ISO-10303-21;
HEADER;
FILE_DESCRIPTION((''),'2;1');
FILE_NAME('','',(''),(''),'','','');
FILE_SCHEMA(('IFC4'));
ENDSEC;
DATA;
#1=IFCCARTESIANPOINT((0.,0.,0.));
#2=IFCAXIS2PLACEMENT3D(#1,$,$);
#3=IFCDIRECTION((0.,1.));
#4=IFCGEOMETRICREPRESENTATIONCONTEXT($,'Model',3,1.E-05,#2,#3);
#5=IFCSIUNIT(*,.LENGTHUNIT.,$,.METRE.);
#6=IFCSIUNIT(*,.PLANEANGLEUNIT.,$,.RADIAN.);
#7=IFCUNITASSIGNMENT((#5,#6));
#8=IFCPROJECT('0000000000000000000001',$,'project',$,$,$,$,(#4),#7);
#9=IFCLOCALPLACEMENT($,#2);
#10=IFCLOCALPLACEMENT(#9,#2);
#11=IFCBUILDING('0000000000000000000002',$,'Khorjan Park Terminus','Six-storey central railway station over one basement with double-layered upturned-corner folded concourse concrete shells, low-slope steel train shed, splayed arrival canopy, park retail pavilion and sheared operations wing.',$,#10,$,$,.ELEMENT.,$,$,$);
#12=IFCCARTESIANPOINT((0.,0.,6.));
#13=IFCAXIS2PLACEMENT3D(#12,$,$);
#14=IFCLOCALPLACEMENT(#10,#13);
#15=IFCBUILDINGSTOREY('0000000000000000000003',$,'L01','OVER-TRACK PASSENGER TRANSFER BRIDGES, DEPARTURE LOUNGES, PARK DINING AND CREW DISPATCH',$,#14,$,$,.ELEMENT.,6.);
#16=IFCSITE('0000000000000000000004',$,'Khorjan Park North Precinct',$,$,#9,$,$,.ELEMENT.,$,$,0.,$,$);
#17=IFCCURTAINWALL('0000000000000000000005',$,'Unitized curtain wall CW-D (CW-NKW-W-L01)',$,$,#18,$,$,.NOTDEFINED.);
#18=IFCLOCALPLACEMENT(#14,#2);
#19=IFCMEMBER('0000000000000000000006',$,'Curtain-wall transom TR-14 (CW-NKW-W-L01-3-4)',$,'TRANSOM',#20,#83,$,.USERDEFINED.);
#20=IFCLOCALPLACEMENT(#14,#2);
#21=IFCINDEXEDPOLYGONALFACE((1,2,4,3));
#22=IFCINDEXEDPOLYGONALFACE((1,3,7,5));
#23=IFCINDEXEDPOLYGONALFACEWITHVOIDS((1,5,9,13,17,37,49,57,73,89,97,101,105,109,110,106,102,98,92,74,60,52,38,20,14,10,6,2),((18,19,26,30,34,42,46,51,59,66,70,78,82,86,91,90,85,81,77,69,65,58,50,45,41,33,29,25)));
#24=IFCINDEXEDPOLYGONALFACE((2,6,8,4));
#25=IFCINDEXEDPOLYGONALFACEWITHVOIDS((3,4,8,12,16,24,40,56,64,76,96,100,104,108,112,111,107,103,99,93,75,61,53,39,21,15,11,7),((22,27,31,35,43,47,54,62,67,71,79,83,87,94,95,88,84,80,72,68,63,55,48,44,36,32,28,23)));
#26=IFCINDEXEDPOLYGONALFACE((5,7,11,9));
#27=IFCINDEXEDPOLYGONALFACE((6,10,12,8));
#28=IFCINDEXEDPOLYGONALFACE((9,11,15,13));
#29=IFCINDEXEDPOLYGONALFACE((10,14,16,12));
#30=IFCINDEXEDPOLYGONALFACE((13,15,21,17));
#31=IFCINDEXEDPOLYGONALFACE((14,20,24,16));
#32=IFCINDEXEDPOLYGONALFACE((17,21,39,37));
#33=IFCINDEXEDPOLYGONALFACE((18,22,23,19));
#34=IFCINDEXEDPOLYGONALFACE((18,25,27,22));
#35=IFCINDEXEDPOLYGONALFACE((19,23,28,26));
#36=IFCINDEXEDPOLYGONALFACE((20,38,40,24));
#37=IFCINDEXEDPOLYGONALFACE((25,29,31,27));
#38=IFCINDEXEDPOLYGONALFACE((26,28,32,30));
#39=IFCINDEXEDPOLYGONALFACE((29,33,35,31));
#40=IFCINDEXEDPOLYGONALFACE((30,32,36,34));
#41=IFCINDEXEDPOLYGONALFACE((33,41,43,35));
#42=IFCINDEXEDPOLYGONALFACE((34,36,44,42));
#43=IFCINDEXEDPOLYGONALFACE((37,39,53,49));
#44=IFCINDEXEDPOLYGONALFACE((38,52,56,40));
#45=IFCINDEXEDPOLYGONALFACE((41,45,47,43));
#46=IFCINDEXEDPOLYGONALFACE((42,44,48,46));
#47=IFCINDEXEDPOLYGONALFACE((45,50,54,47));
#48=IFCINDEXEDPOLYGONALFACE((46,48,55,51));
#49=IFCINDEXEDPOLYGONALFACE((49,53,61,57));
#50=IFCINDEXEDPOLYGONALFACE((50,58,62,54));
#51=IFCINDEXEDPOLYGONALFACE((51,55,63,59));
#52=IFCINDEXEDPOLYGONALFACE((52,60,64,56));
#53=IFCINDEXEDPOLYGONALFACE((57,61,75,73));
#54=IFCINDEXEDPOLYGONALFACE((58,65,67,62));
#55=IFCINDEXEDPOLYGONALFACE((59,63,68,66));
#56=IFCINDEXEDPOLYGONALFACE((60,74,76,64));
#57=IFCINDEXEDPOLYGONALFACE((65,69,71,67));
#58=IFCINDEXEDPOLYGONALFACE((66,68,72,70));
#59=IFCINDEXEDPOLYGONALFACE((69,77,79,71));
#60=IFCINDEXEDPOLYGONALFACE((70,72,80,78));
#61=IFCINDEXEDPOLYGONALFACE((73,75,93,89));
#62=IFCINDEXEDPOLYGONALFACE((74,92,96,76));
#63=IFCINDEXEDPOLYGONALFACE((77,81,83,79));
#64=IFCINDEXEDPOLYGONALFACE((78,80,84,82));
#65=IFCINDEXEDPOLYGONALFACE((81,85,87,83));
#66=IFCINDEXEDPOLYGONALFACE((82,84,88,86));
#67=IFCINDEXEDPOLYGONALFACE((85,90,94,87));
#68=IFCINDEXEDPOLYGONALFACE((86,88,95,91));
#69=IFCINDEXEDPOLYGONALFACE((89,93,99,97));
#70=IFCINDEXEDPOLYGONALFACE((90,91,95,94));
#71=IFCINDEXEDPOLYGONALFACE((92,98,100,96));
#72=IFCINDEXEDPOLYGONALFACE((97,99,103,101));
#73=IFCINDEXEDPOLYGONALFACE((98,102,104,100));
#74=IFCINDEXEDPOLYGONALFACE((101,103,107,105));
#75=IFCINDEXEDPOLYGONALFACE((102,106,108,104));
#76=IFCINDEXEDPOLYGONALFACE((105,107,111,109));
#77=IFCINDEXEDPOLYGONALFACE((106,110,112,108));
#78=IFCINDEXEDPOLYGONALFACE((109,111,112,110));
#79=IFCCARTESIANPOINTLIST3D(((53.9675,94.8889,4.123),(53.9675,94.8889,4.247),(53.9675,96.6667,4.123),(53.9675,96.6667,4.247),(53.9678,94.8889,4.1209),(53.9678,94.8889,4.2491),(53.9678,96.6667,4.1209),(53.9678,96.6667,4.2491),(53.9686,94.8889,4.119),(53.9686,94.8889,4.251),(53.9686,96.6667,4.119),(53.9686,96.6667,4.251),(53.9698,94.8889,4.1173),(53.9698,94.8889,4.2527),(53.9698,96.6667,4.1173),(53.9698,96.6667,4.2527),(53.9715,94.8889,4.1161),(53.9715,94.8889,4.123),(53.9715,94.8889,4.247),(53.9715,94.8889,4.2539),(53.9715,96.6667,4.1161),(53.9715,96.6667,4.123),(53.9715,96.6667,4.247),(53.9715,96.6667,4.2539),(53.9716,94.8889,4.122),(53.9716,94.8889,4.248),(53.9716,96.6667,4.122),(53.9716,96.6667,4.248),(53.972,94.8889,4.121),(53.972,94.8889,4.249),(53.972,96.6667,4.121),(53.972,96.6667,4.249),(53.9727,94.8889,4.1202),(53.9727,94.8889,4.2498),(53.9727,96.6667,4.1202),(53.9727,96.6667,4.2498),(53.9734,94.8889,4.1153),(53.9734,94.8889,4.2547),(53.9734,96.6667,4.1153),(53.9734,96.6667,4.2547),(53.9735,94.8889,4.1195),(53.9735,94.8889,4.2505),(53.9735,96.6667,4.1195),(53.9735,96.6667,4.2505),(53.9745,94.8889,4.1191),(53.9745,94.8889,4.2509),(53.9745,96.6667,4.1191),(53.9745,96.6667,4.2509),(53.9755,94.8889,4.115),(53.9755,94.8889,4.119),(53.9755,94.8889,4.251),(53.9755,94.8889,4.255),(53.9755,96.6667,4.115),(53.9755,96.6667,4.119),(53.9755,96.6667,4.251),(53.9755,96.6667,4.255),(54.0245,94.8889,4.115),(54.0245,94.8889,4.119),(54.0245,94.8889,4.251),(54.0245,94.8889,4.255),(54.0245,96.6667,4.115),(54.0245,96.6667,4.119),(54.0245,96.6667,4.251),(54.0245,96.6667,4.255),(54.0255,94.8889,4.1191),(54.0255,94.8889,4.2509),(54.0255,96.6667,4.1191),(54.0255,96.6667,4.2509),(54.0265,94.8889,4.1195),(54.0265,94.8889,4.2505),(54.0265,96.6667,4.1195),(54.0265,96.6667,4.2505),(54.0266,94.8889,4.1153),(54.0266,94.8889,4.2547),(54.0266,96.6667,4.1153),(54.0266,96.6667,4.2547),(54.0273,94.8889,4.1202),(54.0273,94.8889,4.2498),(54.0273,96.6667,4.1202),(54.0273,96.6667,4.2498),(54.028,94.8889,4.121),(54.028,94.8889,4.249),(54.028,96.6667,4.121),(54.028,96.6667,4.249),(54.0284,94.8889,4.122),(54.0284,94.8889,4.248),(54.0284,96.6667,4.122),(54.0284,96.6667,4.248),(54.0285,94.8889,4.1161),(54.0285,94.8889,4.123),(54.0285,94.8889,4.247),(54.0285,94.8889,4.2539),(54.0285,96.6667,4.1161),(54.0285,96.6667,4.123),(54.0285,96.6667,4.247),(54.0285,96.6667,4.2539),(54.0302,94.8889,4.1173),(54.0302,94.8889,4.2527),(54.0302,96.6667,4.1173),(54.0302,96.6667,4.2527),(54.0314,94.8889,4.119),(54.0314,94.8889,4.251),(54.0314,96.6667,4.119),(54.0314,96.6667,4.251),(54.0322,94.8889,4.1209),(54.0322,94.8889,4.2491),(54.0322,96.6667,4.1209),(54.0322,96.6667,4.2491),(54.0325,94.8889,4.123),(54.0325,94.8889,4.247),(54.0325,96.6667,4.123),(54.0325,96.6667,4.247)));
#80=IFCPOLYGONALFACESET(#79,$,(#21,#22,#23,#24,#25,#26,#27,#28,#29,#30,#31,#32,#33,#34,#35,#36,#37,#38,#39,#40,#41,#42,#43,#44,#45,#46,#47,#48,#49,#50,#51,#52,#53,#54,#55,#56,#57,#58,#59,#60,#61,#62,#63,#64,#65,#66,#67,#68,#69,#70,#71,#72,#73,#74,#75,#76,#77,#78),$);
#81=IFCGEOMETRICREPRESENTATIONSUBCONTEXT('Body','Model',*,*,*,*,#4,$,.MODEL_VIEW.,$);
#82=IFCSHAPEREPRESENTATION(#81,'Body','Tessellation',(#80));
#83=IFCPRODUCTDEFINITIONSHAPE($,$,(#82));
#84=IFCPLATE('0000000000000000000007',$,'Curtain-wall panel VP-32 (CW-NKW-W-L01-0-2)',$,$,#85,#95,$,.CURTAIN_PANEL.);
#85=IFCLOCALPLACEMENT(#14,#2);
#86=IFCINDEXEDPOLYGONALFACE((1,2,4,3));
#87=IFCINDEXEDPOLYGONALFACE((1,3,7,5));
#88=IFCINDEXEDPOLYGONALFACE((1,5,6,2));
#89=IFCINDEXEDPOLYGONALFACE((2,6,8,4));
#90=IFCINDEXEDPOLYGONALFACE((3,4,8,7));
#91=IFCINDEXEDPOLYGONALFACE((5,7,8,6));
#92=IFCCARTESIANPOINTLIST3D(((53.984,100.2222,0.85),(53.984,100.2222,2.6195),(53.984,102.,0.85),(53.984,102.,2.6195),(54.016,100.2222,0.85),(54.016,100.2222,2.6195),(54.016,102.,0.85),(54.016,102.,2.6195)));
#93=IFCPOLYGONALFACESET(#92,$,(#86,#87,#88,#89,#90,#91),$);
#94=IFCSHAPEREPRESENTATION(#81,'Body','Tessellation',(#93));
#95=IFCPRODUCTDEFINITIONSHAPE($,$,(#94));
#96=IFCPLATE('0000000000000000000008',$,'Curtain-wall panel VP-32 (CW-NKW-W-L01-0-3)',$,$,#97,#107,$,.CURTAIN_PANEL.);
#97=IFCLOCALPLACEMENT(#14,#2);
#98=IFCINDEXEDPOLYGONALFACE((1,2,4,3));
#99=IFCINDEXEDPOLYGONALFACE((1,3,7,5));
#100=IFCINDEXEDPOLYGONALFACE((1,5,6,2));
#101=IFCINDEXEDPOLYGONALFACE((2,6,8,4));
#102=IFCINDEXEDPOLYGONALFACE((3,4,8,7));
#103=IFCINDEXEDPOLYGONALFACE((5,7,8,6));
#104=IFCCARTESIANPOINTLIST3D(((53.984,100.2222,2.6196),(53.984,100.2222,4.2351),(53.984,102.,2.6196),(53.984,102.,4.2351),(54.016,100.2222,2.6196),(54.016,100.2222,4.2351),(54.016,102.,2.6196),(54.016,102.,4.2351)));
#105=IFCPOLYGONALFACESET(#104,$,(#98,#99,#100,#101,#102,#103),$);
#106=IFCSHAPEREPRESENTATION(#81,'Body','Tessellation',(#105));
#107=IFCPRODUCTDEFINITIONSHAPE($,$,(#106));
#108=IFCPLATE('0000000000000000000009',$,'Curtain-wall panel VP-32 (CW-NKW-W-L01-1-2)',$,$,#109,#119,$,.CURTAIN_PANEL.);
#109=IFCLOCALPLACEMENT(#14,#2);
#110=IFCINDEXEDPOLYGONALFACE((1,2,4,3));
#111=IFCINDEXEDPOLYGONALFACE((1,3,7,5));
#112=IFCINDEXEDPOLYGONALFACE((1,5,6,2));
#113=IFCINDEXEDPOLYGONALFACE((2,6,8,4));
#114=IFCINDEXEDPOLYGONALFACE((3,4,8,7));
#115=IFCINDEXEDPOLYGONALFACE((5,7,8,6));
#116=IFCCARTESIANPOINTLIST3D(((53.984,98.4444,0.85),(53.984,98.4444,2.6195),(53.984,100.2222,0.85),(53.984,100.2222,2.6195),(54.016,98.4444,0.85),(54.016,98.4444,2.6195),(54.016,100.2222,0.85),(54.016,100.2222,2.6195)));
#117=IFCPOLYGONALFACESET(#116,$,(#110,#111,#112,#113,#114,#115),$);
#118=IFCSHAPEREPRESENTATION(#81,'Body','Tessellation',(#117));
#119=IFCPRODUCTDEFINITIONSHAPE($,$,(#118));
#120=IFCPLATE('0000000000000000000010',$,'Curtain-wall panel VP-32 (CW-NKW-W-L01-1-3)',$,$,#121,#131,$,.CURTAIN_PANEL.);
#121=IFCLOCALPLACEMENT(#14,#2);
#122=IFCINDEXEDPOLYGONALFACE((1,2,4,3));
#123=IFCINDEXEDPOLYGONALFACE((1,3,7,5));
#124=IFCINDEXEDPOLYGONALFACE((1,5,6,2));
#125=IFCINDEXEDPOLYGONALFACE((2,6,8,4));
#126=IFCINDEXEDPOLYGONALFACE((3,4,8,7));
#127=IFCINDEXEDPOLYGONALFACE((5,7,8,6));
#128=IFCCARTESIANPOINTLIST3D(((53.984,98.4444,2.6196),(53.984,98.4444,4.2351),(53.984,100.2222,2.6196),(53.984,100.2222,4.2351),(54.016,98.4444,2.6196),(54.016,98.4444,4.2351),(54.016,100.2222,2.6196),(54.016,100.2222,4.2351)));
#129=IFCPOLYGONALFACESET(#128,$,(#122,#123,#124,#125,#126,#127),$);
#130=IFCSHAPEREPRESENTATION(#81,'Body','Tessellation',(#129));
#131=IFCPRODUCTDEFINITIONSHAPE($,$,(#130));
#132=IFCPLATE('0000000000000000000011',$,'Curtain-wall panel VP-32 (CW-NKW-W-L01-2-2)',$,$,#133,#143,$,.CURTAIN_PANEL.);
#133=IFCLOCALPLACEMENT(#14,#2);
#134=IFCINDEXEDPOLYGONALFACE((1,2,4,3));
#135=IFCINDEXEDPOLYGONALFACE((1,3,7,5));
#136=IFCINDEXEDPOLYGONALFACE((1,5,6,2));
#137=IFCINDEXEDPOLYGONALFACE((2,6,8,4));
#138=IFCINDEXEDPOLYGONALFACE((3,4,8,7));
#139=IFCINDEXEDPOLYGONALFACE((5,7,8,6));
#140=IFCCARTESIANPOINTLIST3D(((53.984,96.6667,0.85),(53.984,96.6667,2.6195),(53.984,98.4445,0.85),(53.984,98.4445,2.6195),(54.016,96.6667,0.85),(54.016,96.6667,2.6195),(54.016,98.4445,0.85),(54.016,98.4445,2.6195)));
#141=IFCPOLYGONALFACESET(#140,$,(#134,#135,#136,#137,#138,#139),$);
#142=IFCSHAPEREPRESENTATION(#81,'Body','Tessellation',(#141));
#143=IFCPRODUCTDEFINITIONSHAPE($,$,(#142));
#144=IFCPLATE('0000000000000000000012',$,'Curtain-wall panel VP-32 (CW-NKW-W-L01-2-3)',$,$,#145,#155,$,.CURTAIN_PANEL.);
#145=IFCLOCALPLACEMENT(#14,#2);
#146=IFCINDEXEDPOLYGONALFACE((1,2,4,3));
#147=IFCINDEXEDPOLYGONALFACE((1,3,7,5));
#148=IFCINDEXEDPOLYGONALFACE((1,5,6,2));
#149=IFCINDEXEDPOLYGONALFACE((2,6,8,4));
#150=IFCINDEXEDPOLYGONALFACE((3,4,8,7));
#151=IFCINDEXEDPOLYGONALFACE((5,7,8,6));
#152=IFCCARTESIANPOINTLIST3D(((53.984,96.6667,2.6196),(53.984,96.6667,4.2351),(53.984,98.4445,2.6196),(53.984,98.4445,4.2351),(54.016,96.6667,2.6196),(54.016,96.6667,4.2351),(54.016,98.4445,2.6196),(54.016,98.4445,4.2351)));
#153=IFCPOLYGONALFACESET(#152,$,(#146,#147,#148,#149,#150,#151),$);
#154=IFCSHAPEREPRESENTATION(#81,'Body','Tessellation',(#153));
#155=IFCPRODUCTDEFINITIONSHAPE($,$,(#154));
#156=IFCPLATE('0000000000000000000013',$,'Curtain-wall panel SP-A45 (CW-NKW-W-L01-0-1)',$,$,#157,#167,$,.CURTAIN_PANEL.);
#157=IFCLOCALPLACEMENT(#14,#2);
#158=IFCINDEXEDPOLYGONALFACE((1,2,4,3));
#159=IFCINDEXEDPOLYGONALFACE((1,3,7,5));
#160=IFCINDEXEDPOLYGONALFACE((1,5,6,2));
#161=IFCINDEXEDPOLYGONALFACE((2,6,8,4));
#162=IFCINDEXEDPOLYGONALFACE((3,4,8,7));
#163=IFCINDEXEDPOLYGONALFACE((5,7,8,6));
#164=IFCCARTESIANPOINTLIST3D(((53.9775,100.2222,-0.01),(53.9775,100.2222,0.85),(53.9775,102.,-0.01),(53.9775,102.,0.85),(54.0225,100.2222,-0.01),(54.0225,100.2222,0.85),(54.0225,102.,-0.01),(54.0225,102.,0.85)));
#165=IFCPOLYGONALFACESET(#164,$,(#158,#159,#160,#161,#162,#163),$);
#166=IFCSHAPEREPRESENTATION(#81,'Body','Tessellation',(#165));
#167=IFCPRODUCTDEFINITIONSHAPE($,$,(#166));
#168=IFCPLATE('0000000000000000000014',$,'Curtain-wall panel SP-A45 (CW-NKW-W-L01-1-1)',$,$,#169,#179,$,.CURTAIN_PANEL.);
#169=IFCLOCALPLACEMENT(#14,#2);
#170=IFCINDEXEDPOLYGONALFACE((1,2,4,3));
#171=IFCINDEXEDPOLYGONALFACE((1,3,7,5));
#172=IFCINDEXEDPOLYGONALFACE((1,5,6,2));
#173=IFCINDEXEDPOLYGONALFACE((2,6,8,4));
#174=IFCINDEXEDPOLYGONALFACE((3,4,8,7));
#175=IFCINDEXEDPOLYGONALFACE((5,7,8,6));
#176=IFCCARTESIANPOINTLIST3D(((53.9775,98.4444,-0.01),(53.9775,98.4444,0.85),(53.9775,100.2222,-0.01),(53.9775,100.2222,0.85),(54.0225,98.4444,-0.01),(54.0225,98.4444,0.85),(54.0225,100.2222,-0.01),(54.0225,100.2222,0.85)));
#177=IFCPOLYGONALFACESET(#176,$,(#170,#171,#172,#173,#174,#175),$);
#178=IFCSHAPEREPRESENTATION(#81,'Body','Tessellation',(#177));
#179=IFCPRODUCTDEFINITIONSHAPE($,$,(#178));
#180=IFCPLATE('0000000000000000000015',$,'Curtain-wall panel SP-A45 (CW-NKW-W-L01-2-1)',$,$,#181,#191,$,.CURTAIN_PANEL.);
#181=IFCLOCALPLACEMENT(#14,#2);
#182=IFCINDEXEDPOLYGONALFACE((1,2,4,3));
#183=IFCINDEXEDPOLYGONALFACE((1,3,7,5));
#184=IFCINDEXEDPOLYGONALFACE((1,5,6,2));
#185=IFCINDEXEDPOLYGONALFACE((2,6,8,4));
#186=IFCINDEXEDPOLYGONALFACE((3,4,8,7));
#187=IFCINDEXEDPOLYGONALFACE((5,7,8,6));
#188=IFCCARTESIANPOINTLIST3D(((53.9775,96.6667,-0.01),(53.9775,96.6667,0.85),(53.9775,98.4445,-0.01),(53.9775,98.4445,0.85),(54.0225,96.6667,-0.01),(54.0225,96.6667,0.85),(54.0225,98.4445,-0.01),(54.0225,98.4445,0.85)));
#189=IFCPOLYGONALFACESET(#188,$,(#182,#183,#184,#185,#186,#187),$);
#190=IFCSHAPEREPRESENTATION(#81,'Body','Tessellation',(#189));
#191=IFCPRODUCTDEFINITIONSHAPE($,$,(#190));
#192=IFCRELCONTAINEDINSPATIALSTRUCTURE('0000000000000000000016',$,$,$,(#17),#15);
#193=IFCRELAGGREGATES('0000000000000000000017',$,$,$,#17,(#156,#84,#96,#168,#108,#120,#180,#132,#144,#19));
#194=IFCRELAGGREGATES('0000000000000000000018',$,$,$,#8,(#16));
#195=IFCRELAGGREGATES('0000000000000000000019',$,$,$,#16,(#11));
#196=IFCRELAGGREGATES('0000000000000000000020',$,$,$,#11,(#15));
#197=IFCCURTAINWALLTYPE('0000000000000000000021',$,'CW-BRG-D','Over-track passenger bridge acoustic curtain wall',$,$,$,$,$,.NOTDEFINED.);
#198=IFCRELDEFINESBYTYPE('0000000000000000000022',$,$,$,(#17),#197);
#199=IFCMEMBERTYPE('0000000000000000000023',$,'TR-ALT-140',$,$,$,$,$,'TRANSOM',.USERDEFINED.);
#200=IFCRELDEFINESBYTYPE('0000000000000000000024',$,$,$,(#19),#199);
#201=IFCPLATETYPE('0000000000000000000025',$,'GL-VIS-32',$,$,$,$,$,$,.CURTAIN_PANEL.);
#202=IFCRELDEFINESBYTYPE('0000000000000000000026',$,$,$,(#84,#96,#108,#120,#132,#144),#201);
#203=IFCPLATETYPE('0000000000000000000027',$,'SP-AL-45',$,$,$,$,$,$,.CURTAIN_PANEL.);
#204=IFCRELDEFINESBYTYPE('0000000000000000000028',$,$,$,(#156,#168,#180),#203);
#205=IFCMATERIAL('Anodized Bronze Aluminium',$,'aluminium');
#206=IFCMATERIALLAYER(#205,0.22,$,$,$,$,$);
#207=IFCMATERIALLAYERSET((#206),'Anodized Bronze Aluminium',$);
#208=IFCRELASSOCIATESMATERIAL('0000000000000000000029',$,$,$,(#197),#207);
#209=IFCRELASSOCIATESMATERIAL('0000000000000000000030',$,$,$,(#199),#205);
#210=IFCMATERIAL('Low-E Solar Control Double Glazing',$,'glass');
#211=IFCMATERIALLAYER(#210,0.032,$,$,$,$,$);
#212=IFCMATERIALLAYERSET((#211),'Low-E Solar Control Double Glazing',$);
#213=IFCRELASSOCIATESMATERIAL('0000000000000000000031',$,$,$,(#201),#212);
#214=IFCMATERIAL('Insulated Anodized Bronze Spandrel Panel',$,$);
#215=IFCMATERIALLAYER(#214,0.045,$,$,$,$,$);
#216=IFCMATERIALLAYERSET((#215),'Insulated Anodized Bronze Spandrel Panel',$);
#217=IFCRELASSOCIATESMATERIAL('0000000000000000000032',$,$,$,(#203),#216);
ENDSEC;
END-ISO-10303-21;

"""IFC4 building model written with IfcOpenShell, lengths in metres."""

from ifc_helpers import new_model, si_unit, direction, frame, origin, origin_2d, place, context, subcontext, project, spatial, rectangle, hollow_rectangle, extrude, material, layer, layer_set, material_profile, profile_set, type_object, element, aggregate, save


model = new_model("IFC4")

# Units and contexts
model_context = context("Model", 3, precision=1e-05, world=origin(), true_north=direction((0.0, 1.0)))
body_context = subcontext(model_context, "Body", "Model", "MODEL_VIEW")
ifc_project = project(units=[si_unit("LENGTHUNIT", "METRE"), si_unit("PLANEANGLEUNIT", "RADIAN")], contexts=[model_context])

# Site, building, storey
site_placement = place(None, origin())
site = spatial("IfcSite", under=ifc_project, at=site_placement, Name="Khorjan Park North Precinct", CompositionType="ELEMENT", RefElevation=0.0)
building_placement = place(site_placement, origin())
building = spatial("IfcBuilding", under=site, at=building_placement, Name="Khorjan Park Terminus", Description="Six-storey central railway station over one basement with double-layered upturned-corner folded concourse concrete shells, low-slope steel train shed, splayed arrival canopy, park retail pavilion and sheared operations wing.", CompositionType="ELEMENT")
storey_placement = place(building_placement, frame((0.0, 0.0, 6.0)))
storey = spatial("IfcBuildingStorey", under=building, at=storey_placement, Name="L01", Description="OVER-TRACK PASSENGER TRANSFER BRIDGES, DEPARTURE LOUNGES, PARK DINING AND CREW DISPATCH", CompositionType="ELEMENT", Elevation=6.0)

# Curtain wall, member, plates
ifc_material_1 = material(Name="Anodized Bronze Aluminium", Category="aluminium")
ifc_layer_1 = layer(ifc_material_1, 0.22)
ifc_layer_set_1 = layer_set([ifc_layer_1], Name="Anodized Bronze Aluminium")
curtain_wall_type = type_object("IfcCurtainWallType", Name="CW-BRG-D", Description="Over-track passenger bridge acoustic curtain wall", PredefinedType="NOTDEFINED", material=ifc_layer_set_1)
curtain_wall_placement = place(storey_placement, origin())
curtain_wall = element("IfcCurtainWall", 1, at=curtain_wall_placement, inside=storey, type_object=curtain_wall_type, Name="Unitized curtain wall CW-D (CW-NKW-W-L01)", PredefinedType="NOTDEFINED")
ifc_material_profile_1 = material_profile(ifc_material_1, hollow_rectangle(XDim=0.065, YDim=0.14, WallThickness=0.004, InnerFilletRadius=0.004, OuterFilletRadius=0.008, at=origin_2d()), Name="ALT 65x140x4")
ifc_profile_set_1 = profile_set([ifc_material_profile_1], Name="Anodized Bronze Aluminium")
member_type_1 = type_object("IfcMemberType", Name="TR-ALT-140", ElementType="TRANSOM", PredefinedType="USERDEFINED", material=ifc_profile_set_1)
member_1_placement = place(storey_placement, frame((54.0, 96.6667, 4.185), z_axis=(0.0, -1.0, 0.0), x_axis=(1.0, 0.0, 0.0)))
member_1 = element("IfcMember", 2, at=member_1_placement, type_object=member_type_1, Name="Curtain-wall transom TR-14 (CW-NKW-W-L01-3-4)", ObjectType="TRANSOM", PredefinedType="USERDEFINED", context=body_context, shape_type="SweptSolid", body=[
    extrude(hollow_rectangle(XDim=0.065, YDim=0.14, WallThickness=0.004, InnerFilletRadius=0.004, OuterFilletRadius=0.008, at=origin_2d()), origin(), (0.0, 0.0, 1.0), 1.7778),
])
ifc_material_2 = material(Name="Low-E Solar Control Double Glazing", Category="glass")
ifc_layer_2 = layer(ifc_material_2, 0.032)
ifc_layer_set_2 = layer_set([ifc_layer_2], Name="Low-E Solar Control Double Glazing")
plate_type_1 = type_object("IfcPlateType", Name="GL-VIS-32", PredefinedType="CURTAIN_PANEL", material=ifc_layer_set_2)
plate_1_placement = place(storey_placement, frame((54.0, 101.1111, 0.85), z_axis=(0.0, 0.0, 1.0), x_axis=(0.0, -1.0, 0.0)))
plate_1 = element("IfcPlate", 3, at=plate_1_placement, type_object=plate_type_1, Name="Curtain-wall panel VP-32 (CW-NKW-W-L01-0-2)", PredefinedType="CURTAIN_PANEL", context=body_context, shape_type="SweptSolid", body=[
    extrude(rectangle(XDim=1.7778, YDim=0.032, at=origin_2d()), origin(), (0.0, 0.0, 1.0), 1.7695),
])
plate_2_placement = place(storey_placement, frame((54.0, 101.1111, 2.6196), z_axis=(0.0, 0.0, 1.0), x_axis=(0.0, -1.0, 0.0)))
plate_2 = element("IfcPlate", 4, at=plate_2_placement, type_object=plate_type_1, Name="Curtain-wall panel VP-32 (CW-NKW-W-L01-0-3)", PredefinedType="CURTAIN_PANEL", context=body_context, shape_type="SweptSolid", body=[
    extrude(rectangle(XDim=1.7778, YDim=0.032, at=origin_2d()), origin(), (0.0, 0.0, 1.0), 1.6155),
])
plate_3_placement = place(storey_placement, frame((54.0, 99.3333, 0.85), z_axis=(0.0, 0.0, 1.0), x_axis=(0.0, -1.0, 0.0)))
plate_3 = element("IfcPlate", 5, at=plate_3_placement, type_object=plate_type_1, Name="Curtain-wall panel VP-32 (CW-NKW-W-L01-1-2)", PredefinedType="CURTAIN_PANEL", context=body_context, shape_type="SweptSolid", body=[
    extrude(rectangle(XDim=1.7778, YDim=0.032, at=origin_2d()), origin(), (0.0, 0.0, 1.0), 1.7695),
])
plate_4_placement = place(storey_placement, frame((54.0, 99.3333, 2.6196), z_axis=(0.0, 0.0, 1.0), x_axis=(0.0, -1.0, 0.0)))
plate_4 = element("IfcPlate", 6, at=plate_4_placement, type_object=plate_type_1, Name="Curtain-wall panel VP-32 (CW-NKW-W-L01-1-3)", PredefinedType="CURTAIN_PANEL", context=body_context, shape_type="SweptSolid", body=[
    extrude(rectangle(XDim=1.7778, YDim=0.032, at=origin_2d()), origin(), (0.0, 0.0, 1.0), 1.6155),
])
plate_5_placement = place(storey_placement, frame((54.0, 97.5556, 0.85), z_axis=(0.0, 0.0, 1.0), x_axis=(0.0, -1.0, 0.0)))
plate_5 = element("IfcPlate", 7, at=plate_5_placement, type_object=plate_type_1, Name="Curtain-wall panel VP-32 (CW-NKW-W-L01-2-2)", PredefinedType="CURTAIN_PANEL", context=body_context, shape_type="SweptSolid", body=[
    extrude(rectangle(XDim=1.7778, YDim=0.032, at=origin_2d()), origin(), (0.0, 0.0, 1.0), 1.7695),
])
plate_6_placement = place(storey_placement, frame((54.0, 97.5556, 2.6196), z_axis=(0.0, 0.0, 1.0), x_axis=(0.0, -1.0, 0.0)))
plate_6 = element("IfcPlate", 8, at=plate_6_placement, type_object=plate_type_1, Name="Curtain-wall panel VP-32 (CW-NKW-W-L01-2-3)", PredefinedType="CURTAIN_PANEL", context=body_context, shape_type="SweptSolid", body=[
    extrude(rectangle(XDim=1.7778, YDim=0.032, at=origin_2d()), origin(), (0.0, 0.0, 1.0), 1.6155),
])
ifc_material_3 = material(Name="Insulated Anodized Bronze Spandrel Panel")
ifc_layer_3 = layer(ifc_material_3, 0.045)
ifc_layer_set_3 = layer_set([ifc_layer_3], Name="Insulated Anodized Bronze Spandrel Panel")
plate_type_2 = type_object("IfcPlateType", Name="SP-AL-45", PredefinedType="CURTAIN_PANEL", material=ifc_layer_set_3)
plate_7_placement = place(storey_placement, frame((54.0, 101.1111, -0.01), z_axis=(0.0, 0.0, 1.0), x_axis=(0.0, -1.0, 0.0)))
plate_7 = element("IfcPlate", 9, at=plate_7_placement, type_object=plate_type_2, Name="Curtain-wall panel SP-A45 (CW-NKW-W-L01-0-1)", PredefinedType="CURTAIN_PANEL", context=body_context, shape_type="SweptSolid", body=[
    extrude(rectangle(XDim=1.7778, YDim=0.045, at=origin_2d()), origin(), (0.0, 0.0, 1.0), 0.86),
])
plate_8_placement = place(storey_placement, frame((54.0, 99.3333, -0.01), z_axis=(0.0, 0.0, 1.0), x_axis=(0.0, -1.0, 0.0)))
plate_8 = element("IfcPlate", 10, at=plate_8_placement, type_object=plate_type_2, Name="Curtain-wall panel SP-A45 (CW-NKW-W-L01-1-1)", PredefinedType="CURTAIN_PANEL", context=body_context, shape_type="SweptSolid", body=[
    extrude(rectangle(XDim=1.7778, YDim=0.045, at=origin_2d()), origin(), (0.0, 0.0, 1.0), 0.86),
])
plate_9_placement = place(storey_placement, frame((54.0, 97.5556, -0.01), z_axis=(0.0, 0.0, 1.0), x_axis=(0.0, -1.0, 0.0)))
plate_9 = element("IfcPlate", 11, at=plate_9_placement, type_object=plate_type_2, Name="Curtain-wall panel SP-A45 (CW-NKW-W-L01-2-1)", PredefinedType="CURTAIN_PANEL", context=body_context, shape_type="SweptSolid", body=[
    extrude(rectangle(XDim=1.7778, YDim=0.045, at=origin_2d()), origin(), (0.0, 0.0, 1.0), 0.86),
])
aggregate(curtain_wall, [plate_7, plate_1, plate_2, plate_8, plate_3, plate_4, plate_9, plate_5, plate_6, member_1])

save(model, "model.ifc")
